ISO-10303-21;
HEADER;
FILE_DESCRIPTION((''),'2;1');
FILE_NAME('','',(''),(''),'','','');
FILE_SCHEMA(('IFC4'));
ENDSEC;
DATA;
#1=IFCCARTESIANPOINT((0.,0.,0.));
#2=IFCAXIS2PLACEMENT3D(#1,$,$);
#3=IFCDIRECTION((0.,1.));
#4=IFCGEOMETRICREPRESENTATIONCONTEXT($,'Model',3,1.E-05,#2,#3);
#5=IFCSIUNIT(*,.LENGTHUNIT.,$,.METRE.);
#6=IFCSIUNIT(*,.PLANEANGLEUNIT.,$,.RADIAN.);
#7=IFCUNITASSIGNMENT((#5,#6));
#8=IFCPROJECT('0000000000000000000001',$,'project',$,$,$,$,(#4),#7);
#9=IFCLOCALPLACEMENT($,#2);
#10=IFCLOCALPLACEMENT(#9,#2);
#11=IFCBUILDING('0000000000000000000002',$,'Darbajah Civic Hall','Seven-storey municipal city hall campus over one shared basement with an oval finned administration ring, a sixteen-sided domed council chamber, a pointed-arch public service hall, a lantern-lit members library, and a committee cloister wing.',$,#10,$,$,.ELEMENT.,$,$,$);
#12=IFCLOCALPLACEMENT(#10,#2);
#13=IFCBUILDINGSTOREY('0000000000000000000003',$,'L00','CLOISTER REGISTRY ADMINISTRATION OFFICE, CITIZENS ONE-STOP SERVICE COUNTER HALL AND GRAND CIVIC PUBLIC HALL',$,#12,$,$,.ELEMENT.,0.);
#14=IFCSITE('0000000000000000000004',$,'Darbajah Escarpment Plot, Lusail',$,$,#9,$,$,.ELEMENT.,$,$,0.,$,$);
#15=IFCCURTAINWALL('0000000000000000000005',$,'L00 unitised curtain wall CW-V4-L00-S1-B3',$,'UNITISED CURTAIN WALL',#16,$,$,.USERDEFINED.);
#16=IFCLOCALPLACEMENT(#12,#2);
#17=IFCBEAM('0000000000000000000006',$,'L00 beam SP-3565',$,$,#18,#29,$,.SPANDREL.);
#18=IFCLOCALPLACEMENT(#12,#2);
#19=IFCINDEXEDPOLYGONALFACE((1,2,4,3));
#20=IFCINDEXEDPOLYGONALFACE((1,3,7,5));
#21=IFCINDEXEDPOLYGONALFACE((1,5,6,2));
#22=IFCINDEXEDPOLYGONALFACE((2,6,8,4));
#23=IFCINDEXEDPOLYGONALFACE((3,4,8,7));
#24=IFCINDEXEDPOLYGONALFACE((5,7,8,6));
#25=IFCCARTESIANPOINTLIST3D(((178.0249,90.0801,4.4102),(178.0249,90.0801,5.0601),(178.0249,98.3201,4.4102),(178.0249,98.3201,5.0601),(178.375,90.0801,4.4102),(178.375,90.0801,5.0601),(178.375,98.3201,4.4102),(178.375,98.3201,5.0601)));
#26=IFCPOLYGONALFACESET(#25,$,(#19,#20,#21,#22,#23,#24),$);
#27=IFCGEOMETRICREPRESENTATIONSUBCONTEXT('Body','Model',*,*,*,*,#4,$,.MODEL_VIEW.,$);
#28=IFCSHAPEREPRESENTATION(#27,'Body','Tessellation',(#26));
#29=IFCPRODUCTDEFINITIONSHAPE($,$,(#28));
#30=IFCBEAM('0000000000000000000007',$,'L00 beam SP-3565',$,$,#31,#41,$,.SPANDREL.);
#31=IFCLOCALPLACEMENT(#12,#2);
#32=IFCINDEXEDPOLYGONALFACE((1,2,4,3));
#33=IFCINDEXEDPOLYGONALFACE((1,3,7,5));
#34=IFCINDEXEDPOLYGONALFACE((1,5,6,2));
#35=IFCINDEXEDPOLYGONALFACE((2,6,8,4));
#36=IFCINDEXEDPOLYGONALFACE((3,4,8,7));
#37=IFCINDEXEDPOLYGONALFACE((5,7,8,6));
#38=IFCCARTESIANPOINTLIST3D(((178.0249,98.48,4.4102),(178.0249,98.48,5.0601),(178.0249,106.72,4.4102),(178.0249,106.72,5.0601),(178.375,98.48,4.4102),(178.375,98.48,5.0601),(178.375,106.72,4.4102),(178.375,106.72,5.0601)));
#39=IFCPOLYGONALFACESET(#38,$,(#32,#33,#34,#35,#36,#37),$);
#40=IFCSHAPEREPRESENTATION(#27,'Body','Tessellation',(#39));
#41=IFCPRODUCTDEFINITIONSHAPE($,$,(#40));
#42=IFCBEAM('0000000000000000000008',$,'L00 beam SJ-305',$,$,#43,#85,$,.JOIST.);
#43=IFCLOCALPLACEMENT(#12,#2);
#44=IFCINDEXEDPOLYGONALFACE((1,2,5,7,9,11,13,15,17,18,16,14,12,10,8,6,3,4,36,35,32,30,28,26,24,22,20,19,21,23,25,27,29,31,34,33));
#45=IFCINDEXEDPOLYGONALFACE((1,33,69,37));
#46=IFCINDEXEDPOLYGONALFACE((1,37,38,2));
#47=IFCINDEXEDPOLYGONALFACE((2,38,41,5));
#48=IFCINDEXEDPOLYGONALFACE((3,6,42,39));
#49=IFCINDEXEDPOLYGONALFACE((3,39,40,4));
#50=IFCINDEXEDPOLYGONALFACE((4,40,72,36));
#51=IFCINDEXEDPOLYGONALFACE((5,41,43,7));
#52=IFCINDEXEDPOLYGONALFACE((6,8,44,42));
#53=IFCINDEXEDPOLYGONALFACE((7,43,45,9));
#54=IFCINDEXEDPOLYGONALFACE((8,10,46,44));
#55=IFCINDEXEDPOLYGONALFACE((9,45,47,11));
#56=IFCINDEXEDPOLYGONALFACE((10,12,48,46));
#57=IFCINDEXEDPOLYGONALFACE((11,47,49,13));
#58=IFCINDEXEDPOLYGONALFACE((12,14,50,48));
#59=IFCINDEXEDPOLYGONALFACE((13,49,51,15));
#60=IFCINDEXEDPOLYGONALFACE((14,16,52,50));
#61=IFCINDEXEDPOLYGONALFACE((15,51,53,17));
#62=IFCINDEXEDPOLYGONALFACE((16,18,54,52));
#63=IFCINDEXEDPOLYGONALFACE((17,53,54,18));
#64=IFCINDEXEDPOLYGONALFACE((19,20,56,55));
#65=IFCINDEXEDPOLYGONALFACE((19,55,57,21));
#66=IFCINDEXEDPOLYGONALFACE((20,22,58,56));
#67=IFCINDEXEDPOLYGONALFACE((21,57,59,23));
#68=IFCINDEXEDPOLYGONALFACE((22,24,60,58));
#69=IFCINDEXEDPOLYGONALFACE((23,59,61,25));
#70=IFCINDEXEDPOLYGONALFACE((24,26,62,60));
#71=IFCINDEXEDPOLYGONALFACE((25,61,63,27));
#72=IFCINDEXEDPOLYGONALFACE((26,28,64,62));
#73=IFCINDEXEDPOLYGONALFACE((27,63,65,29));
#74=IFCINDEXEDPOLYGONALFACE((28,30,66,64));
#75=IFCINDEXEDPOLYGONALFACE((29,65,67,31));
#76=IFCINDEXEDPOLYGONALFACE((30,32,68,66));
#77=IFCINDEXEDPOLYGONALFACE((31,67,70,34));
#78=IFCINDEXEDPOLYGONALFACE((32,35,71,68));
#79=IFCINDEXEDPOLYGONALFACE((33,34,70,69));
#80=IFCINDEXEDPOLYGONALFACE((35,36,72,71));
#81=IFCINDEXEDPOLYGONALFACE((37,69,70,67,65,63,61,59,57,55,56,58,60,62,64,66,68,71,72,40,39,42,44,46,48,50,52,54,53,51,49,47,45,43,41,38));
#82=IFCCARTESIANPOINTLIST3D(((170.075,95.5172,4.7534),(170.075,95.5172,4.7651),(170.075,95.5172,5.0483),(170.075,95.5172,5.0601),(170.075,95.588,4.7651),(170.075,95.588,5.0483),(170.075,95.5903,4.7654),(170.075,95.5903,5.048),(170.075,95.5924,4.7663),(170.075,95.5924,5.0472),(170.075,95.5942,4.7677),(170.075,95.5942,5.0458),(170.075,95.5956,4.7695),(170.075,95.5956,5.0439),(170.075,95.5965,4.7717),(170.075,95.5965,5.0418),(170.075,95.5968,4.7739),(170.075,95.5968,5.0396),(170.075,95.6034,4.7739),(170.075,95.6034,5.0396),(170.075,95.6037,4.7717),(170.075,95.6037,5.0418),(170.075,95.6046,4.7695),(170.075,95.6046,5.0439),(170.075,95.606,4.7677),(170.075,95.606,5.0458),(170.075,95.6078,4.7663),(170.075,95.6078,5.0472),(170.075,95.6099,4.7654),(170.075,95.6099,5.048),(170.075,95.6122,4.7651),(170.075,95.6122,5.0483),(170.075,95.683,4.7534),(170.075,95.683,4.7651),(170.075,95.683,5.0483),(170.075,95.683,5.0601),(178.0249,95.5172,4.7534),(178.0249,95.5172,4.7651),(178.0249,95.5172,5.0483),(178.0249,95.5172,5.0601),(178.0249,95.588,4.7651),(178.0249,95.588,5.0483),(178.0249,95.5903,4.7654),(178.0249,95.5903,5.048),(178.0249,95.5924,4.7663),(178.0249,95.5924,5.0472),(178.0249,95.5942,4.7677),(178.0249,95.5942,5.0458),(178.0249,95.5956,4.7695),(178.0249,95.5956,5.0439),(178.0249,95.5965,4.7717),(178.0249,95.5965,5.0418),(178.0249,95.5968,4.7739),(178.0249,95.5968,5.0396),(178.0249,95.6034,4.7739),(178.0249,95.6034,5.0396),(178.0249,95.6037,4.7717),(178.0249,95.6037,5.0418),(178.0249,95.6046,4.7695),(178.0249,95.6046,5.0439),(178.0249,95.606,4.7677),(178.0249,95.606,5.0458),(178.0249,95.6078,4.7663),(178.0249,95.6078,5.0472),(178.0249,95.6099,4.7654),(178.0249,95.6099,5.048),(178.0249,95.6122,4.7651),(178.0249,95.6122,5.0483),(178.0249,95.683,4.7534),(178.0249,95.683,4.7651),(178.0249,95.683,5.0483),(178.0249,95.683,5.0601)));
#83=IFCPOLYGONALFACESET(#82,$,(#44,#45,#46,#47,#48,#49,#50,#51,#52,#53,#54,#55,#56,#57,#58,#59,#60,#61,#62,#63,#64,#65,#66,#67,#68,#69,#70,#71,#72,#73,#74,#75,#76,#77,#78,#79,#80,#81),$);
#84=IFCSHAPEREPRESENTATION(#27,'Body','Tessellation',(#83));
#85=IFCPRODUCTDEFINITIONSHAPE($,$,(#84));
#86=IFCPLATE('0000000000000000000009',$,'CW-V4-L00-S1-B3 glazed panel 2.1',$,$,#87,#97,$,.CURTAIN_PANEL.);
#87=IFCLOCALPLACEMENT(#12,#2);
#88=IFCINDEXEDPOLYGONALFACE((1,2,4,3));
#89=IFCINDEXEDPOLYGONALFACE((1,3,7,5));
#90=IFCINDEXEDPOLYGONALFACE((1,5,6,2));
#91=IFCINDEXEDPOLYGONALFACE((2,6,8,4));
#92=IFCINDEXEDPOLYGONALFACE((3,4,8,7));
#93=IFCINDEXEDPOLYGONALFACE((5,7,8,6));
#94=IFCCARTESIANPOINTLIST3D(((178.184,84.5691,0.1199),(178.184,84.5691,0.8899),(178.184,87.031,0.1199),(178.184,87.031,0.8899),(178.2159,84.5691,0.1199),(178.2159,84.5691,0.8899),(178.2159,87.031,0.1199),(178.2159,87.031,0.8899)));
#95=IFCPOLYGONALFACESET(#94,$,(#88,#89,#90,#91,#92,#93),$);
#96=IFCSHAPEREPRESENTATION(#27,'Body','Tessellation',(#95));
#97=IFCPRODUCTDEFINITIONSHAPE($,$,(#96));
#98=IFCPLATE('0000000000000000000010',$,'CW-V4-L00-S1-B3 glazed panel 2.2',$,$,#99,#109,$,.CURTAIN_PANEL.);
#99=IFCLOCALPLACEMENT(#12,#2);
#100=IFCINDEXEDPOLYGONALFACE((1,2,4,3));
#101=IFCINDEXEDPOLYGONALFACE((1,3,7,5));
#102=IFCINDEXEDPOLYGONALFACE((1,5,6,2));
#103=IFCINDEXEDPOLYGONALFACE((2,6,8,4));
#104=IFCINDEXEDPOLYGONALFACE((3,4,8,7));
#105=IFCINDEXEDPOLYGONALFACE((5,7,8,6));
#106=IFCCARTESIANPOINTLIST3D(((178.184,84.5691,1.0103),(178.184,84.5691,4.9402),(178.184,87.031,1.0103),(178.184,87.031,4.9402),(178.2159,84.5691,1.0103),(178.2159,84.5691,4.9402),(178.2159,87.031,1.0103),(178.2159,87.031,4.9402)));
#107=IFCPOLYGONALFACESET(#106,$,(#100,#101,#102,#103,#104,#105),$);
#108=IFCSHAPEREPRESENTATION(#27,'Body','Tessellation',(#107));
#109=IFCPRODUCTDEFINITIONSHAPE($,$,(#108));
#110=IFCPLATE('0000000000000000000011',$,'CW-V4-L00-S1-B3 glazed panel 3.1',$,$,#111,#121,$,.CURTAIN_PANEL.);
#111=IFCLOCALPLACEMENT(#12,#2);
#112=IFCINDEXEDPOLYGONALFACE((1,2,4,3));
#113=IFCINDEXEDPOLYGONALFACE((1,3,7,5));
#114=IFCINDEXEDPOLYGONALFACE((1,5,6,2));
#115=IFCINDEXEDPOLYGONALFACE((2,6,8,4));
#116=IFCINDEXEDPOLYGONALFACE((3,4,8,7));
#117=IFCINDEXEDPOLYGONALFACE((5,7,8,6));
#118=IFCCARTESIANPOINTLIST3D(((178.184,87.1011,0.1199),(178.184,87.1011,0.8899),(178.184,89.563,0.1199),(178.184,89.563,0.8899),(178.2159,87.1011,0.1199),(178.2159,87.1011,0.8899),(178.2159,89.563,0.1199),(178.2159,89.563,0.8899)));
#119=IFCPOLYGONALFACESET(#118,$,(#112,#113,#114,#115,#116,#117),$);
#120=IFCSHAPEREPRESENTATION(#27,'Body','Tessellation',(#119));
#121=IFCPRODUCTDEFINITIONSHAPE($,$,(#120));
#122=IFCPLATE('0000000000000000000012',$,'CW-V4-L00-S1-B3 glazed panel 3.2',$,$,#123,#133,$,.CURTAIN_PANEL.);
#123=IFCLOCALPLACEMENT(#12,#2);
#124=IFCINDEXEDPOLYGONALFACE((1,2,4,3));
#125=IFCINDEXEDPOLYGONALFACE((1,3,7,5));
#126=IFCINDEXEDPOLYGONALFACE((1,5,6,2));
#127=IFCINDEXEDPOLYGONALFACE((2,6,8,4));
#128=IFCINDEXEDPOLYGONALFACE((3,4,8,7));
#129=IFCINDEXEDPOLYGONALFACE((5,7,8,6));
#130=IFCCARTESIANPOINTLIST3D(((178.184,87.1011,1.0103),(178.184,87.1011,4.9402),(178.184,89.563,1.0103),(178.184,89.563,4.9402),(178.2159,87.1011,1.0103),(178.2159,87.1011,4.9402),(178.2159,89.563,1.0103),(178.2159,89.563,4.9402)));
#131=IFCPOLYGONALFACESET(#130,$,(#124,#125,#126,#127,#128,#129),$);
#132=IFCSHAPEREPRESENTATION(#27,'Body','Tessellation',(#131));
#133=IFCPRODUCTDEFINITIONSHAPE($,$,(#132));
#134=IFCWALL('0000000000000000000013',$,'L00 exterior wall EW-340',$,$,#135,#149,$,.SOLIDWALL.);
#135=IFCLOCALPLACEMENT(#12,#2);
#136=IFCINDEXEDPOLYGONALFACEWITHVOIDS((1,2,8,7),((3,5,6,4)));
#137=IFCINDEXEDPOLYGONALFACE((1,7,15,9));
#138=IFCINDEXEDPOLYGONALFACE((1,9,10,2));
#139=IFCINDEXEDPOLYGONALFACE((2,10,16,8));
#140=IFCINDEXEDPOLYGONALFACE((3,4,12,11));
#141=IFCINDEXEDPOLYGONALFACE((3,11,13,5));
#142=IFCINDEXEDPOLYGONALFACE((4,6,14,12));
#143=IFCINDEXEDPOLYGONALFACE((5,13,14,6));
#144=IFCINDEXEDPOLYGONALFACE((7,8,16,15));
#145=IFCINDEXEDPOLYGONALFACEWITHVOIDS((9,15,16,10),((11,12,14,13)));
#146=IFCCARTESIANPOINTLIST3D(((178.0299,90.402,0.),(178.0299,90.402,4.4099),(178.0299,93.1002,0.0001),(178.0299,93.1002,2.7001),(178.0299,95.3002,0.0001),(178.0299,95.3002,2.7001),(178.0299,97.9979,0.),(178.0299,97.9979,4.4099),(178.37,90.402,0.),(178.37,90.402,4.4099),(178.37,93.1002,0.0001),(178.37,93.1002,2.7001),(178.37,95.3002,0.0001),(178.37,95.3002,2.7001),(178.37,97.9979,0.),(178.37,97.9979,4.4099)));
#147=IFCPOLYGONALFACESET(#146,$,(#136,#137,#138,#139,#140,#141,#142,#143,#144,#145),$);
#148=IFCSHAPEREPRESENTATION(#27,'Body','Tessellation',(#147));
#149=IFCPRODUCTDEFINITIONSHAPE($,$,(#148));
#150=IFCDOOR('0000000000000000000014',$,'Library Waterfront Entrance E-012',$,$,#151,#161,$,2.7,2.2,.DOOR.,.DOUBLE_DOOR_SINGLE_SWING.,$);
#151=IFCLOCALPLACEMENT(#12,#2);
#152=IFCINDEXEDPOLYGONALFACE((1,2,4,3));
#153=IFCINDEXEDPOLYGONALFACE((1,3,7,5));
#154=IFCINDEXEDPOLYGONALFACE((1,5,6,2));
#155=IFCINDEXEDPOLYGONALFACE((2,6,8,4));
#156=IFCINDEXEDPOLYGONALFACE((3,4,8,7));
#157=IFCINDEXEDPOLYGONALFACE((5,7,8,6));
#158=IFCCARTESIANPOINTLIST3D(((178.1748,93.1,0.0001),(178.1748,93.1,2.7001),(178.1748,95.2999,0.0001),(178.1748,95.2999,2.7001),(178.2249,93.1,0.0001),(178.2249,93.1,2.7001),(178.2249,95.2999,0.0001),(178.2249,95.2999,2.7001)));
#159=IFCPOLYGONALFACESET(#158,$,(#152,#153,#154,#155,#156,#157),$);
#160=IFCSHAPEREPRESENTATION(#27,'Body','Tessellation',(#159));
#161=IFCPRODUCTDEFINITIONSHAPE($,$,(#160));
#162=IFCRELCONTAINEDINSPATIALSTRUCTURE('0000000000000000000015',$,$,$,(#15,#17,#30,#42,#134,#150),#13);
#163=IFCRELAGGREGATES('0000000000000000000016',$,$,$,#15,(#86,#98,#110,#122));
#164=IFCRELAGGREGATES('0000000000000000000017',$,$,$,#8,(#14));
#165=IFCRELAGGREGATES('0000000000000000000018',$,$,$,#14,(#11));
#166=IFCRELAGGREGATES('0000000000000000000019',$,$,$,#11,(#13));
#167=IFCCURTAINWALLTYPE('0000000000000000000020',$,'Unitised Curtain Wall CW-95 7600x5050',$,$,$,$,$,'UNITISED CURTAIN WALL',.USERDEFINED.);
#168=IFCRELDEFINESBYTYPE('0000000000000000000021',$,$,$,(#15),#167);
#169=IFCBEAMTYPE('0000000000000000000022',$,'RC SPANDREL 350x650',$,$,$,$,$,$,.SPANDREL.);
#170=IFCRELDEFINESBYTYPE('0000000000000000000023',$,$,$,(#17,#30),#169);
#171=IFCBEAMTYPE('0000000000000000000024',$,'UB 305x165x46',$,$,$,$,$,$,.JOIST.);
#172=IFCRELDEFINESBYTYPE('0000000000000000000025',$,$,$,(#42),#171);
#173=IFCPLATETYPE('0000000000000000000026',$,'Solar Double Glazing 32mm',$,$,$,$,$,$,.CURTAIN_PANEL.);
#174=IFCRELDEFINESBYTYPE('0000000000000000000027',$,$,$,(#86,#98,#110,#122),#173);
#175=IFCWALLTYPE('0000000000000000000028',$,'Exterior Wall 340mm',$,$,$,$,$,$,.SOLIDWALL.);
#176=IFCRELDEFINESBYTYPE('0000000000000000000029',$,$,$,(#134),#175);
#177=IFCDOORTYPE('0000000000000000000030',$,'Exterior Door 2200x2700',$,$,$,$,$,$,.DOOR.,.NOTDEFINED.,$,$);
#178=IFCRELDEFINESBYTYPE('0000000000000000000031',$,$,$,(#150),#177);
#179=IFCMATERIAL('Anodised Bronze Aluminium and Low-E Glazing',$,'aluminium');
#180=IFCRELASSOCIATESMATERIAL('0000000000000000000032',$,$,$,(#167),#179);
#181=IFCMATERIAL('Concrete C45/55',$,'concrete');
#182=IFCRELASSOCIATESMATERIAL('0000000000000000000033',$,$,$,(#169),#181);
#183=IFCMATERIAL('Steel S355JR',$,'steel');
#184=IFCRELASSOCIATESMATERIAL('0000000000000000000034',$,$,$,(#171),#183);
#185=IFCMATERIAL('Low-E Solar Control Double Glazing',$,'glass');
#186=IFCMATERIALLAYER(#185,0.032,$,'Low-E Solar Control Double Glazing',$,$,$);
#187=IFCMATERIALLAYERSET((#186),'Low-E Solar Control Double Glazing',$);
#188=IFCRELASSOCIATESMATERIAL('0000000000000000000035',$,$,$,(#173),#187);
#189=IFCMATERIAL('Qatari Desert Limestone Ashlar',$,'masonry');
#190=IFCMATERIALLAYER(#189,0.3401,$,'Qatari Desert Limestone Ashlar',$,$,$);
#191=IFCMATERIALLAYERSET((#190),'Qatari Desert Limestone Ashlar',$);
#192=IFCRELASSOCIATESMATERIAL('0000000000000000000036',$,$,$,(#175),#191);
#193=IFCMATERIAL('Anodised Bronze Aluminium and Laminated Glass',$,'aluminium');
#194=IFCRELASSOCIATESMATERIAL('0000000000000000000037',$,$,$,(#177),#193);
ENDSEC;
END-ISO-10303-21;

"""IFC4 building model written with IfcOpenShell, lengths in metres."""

from ifc_helpers import new_model, si_unit, direction, frame, frame_2d, origin, origin_2d, place, context, subcontext, project, spatial, rectangle, i_section, extrude, material, layer, layer_set, material_profile, profile_set, type_object, element, fill, aggregate, save


model = new_model("IFC4")

# Units and contexts
model_context = context("Model", 3, precision=1e-05, world=origin(), true_north=direction((0.0, 1.0)))
body_context = subcontext(model_context, "Body", "Model", "MODEL_VIEW")
ifc_project = project(units=[si_unit("LENGTHUNIT", "METRE"), si_unit("PLANEANGLEUNIT", "RADIAN")], contexts=[model_context])

# Site, building, storey
site_placement = place(None, origin())
site = spatial("IfcSite", under=ifc_project, at=site_placement, Name="Darbajah Escarpment Plot, Lusail", CompositionType="ELEMENT", RefElevation=0.0)
building_placement = place(site_placement, origin())
building = spatial("IfcBuilding", under=site, at=building_placement, Name="Darbajah Civic Hall", Description="Seven-storey municipal city hall campus over one shared basement with an oval finned administration ring, a sixteen-sided domed council chamber, a pointed-arch public service hall, a lantern-lit members library, and a committee cloister wing.", CompositionType="ELEMENT")
storey_placement = place(building_placement, origin())
storey = spatial("IfcBuildingStorey", under=building, at=storey_placement, Name="L00", Description="CLOISTER REGISTRY ADMINISTRATION OFFICE, CITIZENS ONE-STOP SERVICE COUNTER HALL AND GRAND CIVIC PUBLIC HALL", CompositionType="ELEMENT", Elevation=0.0)

# Curtain wall
ifc_material_1 = material(Name="Anodised Bronze Aluminium and Low-E Glazing", Category="aluminium")
curtain_wall_type = type_object("IfcCurtainWallType", Name="Unitised Curtain Wall CW-95 7600x5050", ElementType="UNITISED CURTAIN WALL", PredefinedType="USERDEFINED", material=ifc_material_1)
curtain_wall_1_placement = place(storey_placement, origin())
curtain_wall_1 = element("IfcCurtainWall", 1, at=curtain_wall_1_placement, inside=storey, type_object=curtain_wall_type, Name="L00 unitised curtain wall CW-V4-L00-S1-B3", ObjectType="UNITISED CURTAIN WALL", PredefinedType="USERDEFINED")

# Beams
ifc_material_2 = material(Name="Concrete C45/55", Category="concrete")
ifc_material_profile_1 = material_profile(ifc_material_2, rectangle(XDim=0.3501, YDim=0.6499, at=origin_2d()), Name="RC SPANDREL 350x650")
ifc_profile_set_1 = profile_set([ifc_material_profile_1], Name="Concrete C45/55")
beam_type_1 = type_object("IfcBeamType", Name="RC SPANDREL 350x650", PredefinedType="SPANDREL", material=ifc_profile_set_1)
for number, where, z_axis, x_axis, name in (
    (2, (178.2, 90.0801, 4.7351), (0.0, 1.0, 0.0), (-1.0, 0.0, 0.0), "L00 beam SP-3565"),
    (3, (178.2, 98.48, 4.7351), (0.0, 1.0, 0.0), (-1.0, 0.0, 0.0), "L00 beam SP-3565"),
):
    element("IfcBeam", number, at=place(storey_placement, frame(where, z_axis=z_axis, x_axis=x_axis)), inside=storey, type_object=beam_type_1, Name=name, PredefinedType="SPANDREL", context=body_context, shape_type="SweptSolid", body=[
        extrude(rectangle(XDim=0.3501, YDim=0.6499, at=origin_2d()), origin(), (0.0, 0.0, 1.0), 8.24),
    ])
ifc_material_3 = material(Name="Steel S355JR", Category="steel")
ifc_material_profile_2 = material_profile(ifc_material_3, i_section(OverallWidth=0.1658, OverallDepth=0.3066, WebThickness=0.0066, FlangeThickness=0.0117, FilletRadius=0.0088, at=origin_2d()), Name="UB 305x165x46")
ifc_profile_set_2 = profile_set([ifc_material_profile_2], Name="Steel S355JR")
beam_type_2 = type_object("IfcBeamType", Name="UB 305x165x46", PredefinedType="JOIST", material=ifc_profile_set_2)
beam_placement = place(storey_placement, frame((170.075, 95.6001, 4.9067), z_axis=(1.0, 0.0, 0.0), x_axis=(0.0, 1.0, 0.0)))
element("IfcBeam", 4, at=beam_placement, inside=storey, type_object=beam_type_2, Name="L00 beam SJ-305", PredefinedType="JOIST", context=body_context, shape_type="SweptSolid", body=[
    extrude(i_section(OverallWidth=0.1658, OverallDepth=0.3066, WebThickness=0.0066, FlangeThickness=0.0117, FilletRadius=0.0088, at=origin_2d()), origin(), (0.0, 0.0, 1.0), 7.95),
])

# Plates
ifc_material_4 = material(Name="Low-E Solar Control Double Glazing", Category="glass")
ifc_layer_1 = layer(ifc_material_4, 0.032, Name="Low-E Solar Control Double Glazing")
ifc_layer_set_1 = layer_set([ifc_layer_1], Name="Low-E Solar Control Double Glazing")
plate_type = type_object("IfcPlateType", Name="Solar Double Glazing 32mm", PredefinedType="CURTAIN_PANEL", material=ifc_layer_set_1)
plate_1_placement = place(storey_placement, frame((178.2, 85.8, 0.1199), z_axis=(0.0, 0.0, 1.0), x_axis=(0.0, 1.0, 0.0)))
plate_1 = element("IfcPlate", 5, at=plate_1_placement, type_object=plate_type, Name="CW-V4-L00-S1-B3 glazed panel 2.1", PredefinedType="CURTAIN_PANEL", context=body_context, shape_type="SweptSolid", body=[
    extrude(rectangle(XDim=2.4619, YDim=0.032, at=origin_2d()), origin(), (0.0, 0.0, 1.0), 0.77),
])
plate_2_placement = place(storey_placement, frame((178.2, 85.8, 1.0103), z_axis=(0.0, 0.0, 1.0), x_axis=(0.0, 1.0, 0.0)))
plate_2 = element("IfcPlate", 6, at=plate_2_placement, type_object=plate_type, Name="CW-V4-L00-S1-B3 glazed panel 2.2", PredefinedType="CURTAIN_PANEL", context=body_context, shape_type="SweptSolid", body=[
    extrude(rectangle(XDim=2.4619, YDim=0.032, at=origin_2d()), origin(), (0.0, 0.0, 1.0), 3.9299),
])
plate_3_placement = place(storey_placement, frame((178.2, 88.332, 0.1199), z_axis=(0.0, 0.0, 1.0), x_axis=(0.0, 1.0, 0.0)))
plate_3 = element("IfcPlate", 7, at=plate_3_placement, type_object=plate_type, Name="CW-V4-L00-S1-B3 glazed panel 3.1", PredefinedType="CURTAIN_PANEL", context=body_context, shape_type="SweptSolid", body=[
    extrude(rectangle(XDim=2.4619, YDim=0.032, at=origin_2d()), origin(), (0.0, 0.0, 1.0), 0.77),
])
plate_4_placement = place(storey_placement, frame((178.2, 88.332, 1.0103), z_axis=(0.0, 0.0, 1.0), x_axis=(0.0, 1.0, 0.0)))
plate_4 = element("IfcPlate", 8, at=plate_4_placement, type_object=plate_type, Name="CW-V4-L00-S1-B3 glazed panel 3.2", PredefinedType="CURTAIN_PANEL", context=body_context, shape_type="SweptSolid", body=[
    extrude(rectangle(XDim=2.4619, YDim=0.032, at=origin_2d()), origin(), (0.0, 0.0, 1.0), 3.9299),
])
aggregate(curtain_wall_1, [plate_1, plate_2, plate_3, plate_4])

# Wall, opening, door
ifc_material_5 = material(Name="Qatari Desert Limestone Ashlar", Category="masonry")
ifc_layer_2 = layer(ifc_material_5, 0.3401, Name="Qatari Desert Limestone Ashlar")
ifc_layer_set_2 = layer_set([ifc_layer_2], Name="Qatari Desert Limestone Ashlar")
wall_type = type_object("IfcWallType", Name="Exterior Wall 340mm", PredefinedType="SOLIDWALL", material=ifc_layer_set_2)
wall_placement = place(storey_placement, frame((178.2, 90.4021, 0.0), z_axis=(0.0, 0.0, 1.0), x_axis=(0.0, 1.0, 0.0)))
wall = element("IfcWall", 9, at=wall_placement, inside=storey, type_object=wall_type, Name="L00 exterior wall EW-340", PredefinedType="SOLIDWALL", context=body_context, shape_type="SweptSolid", body=[
    extrude(rectangle(XDim=7.5959, YDim=0.3401, at=frame_2d((3.7979, 0.0))), origin(), (0.0, 0.0, 1.0), 4.4099),
])
opening_placement = place(wall_placement, frame((2.698, 0.0, 0.0)))
opening = element("IfcOpeningElement", 10, at=opening_placement, cuts=wall, PredefinedType="OPENING", context=body_context, shape_type="SweptSolid", body=[
    extrude(rectangle(XDim=2.2, YDim=2.7, at=frame_2d((1.1001, 1.3501))), frame((0.0, 0.1799, 0.0), z_axis=(0.0, -1.0, 0.0), x_axis=(1.0, 0.0, 0.0)), (0.0, 0.0, 1.0), 0.3601),
])
ifc_material_6 = material(Name="Anodised Bronze Aluminium and Laminated Glass", Category="aluminium")
door_type = type_object("IfcDoorType", Name="Exterior Door 2200x2700", OperationType="NOTDEFINED", PredefinedType="DOOR", material=ifc_material_6)
door_placement = place(opening_placement, frame((2.2, 0.0, 0.0), z_axis=(0.0, 0.0, 1.0), x_axis=(-1.0, 0.0, 0.0)))
door = element("IfcDoor", 11, at=door_placement, inside=storey, type_object=door_type, Name="Library Waterfront Entrance E-012", OperationType="DOUBLE_DOOR_SINGLE_SWING", OverallHeight=2.7, OverallWidth=2.2, PredefinedType="DOOR", context=body_context, shape_type="SweptSolid", body=[
    extrude(rectangle(XDim=2.2, YDim=2.7, at=frame_2d((1.1001, 1.3501))), frame((0.0, 0.0249, 0.0), z_axis=(0.0, -1.0, 0.0), x_axis=(1.0, 0.0, 0.0)), (0.0, 0.0, 1.0), 0.05),
])
fill(opening, door)

save(model, "model.ifc")
